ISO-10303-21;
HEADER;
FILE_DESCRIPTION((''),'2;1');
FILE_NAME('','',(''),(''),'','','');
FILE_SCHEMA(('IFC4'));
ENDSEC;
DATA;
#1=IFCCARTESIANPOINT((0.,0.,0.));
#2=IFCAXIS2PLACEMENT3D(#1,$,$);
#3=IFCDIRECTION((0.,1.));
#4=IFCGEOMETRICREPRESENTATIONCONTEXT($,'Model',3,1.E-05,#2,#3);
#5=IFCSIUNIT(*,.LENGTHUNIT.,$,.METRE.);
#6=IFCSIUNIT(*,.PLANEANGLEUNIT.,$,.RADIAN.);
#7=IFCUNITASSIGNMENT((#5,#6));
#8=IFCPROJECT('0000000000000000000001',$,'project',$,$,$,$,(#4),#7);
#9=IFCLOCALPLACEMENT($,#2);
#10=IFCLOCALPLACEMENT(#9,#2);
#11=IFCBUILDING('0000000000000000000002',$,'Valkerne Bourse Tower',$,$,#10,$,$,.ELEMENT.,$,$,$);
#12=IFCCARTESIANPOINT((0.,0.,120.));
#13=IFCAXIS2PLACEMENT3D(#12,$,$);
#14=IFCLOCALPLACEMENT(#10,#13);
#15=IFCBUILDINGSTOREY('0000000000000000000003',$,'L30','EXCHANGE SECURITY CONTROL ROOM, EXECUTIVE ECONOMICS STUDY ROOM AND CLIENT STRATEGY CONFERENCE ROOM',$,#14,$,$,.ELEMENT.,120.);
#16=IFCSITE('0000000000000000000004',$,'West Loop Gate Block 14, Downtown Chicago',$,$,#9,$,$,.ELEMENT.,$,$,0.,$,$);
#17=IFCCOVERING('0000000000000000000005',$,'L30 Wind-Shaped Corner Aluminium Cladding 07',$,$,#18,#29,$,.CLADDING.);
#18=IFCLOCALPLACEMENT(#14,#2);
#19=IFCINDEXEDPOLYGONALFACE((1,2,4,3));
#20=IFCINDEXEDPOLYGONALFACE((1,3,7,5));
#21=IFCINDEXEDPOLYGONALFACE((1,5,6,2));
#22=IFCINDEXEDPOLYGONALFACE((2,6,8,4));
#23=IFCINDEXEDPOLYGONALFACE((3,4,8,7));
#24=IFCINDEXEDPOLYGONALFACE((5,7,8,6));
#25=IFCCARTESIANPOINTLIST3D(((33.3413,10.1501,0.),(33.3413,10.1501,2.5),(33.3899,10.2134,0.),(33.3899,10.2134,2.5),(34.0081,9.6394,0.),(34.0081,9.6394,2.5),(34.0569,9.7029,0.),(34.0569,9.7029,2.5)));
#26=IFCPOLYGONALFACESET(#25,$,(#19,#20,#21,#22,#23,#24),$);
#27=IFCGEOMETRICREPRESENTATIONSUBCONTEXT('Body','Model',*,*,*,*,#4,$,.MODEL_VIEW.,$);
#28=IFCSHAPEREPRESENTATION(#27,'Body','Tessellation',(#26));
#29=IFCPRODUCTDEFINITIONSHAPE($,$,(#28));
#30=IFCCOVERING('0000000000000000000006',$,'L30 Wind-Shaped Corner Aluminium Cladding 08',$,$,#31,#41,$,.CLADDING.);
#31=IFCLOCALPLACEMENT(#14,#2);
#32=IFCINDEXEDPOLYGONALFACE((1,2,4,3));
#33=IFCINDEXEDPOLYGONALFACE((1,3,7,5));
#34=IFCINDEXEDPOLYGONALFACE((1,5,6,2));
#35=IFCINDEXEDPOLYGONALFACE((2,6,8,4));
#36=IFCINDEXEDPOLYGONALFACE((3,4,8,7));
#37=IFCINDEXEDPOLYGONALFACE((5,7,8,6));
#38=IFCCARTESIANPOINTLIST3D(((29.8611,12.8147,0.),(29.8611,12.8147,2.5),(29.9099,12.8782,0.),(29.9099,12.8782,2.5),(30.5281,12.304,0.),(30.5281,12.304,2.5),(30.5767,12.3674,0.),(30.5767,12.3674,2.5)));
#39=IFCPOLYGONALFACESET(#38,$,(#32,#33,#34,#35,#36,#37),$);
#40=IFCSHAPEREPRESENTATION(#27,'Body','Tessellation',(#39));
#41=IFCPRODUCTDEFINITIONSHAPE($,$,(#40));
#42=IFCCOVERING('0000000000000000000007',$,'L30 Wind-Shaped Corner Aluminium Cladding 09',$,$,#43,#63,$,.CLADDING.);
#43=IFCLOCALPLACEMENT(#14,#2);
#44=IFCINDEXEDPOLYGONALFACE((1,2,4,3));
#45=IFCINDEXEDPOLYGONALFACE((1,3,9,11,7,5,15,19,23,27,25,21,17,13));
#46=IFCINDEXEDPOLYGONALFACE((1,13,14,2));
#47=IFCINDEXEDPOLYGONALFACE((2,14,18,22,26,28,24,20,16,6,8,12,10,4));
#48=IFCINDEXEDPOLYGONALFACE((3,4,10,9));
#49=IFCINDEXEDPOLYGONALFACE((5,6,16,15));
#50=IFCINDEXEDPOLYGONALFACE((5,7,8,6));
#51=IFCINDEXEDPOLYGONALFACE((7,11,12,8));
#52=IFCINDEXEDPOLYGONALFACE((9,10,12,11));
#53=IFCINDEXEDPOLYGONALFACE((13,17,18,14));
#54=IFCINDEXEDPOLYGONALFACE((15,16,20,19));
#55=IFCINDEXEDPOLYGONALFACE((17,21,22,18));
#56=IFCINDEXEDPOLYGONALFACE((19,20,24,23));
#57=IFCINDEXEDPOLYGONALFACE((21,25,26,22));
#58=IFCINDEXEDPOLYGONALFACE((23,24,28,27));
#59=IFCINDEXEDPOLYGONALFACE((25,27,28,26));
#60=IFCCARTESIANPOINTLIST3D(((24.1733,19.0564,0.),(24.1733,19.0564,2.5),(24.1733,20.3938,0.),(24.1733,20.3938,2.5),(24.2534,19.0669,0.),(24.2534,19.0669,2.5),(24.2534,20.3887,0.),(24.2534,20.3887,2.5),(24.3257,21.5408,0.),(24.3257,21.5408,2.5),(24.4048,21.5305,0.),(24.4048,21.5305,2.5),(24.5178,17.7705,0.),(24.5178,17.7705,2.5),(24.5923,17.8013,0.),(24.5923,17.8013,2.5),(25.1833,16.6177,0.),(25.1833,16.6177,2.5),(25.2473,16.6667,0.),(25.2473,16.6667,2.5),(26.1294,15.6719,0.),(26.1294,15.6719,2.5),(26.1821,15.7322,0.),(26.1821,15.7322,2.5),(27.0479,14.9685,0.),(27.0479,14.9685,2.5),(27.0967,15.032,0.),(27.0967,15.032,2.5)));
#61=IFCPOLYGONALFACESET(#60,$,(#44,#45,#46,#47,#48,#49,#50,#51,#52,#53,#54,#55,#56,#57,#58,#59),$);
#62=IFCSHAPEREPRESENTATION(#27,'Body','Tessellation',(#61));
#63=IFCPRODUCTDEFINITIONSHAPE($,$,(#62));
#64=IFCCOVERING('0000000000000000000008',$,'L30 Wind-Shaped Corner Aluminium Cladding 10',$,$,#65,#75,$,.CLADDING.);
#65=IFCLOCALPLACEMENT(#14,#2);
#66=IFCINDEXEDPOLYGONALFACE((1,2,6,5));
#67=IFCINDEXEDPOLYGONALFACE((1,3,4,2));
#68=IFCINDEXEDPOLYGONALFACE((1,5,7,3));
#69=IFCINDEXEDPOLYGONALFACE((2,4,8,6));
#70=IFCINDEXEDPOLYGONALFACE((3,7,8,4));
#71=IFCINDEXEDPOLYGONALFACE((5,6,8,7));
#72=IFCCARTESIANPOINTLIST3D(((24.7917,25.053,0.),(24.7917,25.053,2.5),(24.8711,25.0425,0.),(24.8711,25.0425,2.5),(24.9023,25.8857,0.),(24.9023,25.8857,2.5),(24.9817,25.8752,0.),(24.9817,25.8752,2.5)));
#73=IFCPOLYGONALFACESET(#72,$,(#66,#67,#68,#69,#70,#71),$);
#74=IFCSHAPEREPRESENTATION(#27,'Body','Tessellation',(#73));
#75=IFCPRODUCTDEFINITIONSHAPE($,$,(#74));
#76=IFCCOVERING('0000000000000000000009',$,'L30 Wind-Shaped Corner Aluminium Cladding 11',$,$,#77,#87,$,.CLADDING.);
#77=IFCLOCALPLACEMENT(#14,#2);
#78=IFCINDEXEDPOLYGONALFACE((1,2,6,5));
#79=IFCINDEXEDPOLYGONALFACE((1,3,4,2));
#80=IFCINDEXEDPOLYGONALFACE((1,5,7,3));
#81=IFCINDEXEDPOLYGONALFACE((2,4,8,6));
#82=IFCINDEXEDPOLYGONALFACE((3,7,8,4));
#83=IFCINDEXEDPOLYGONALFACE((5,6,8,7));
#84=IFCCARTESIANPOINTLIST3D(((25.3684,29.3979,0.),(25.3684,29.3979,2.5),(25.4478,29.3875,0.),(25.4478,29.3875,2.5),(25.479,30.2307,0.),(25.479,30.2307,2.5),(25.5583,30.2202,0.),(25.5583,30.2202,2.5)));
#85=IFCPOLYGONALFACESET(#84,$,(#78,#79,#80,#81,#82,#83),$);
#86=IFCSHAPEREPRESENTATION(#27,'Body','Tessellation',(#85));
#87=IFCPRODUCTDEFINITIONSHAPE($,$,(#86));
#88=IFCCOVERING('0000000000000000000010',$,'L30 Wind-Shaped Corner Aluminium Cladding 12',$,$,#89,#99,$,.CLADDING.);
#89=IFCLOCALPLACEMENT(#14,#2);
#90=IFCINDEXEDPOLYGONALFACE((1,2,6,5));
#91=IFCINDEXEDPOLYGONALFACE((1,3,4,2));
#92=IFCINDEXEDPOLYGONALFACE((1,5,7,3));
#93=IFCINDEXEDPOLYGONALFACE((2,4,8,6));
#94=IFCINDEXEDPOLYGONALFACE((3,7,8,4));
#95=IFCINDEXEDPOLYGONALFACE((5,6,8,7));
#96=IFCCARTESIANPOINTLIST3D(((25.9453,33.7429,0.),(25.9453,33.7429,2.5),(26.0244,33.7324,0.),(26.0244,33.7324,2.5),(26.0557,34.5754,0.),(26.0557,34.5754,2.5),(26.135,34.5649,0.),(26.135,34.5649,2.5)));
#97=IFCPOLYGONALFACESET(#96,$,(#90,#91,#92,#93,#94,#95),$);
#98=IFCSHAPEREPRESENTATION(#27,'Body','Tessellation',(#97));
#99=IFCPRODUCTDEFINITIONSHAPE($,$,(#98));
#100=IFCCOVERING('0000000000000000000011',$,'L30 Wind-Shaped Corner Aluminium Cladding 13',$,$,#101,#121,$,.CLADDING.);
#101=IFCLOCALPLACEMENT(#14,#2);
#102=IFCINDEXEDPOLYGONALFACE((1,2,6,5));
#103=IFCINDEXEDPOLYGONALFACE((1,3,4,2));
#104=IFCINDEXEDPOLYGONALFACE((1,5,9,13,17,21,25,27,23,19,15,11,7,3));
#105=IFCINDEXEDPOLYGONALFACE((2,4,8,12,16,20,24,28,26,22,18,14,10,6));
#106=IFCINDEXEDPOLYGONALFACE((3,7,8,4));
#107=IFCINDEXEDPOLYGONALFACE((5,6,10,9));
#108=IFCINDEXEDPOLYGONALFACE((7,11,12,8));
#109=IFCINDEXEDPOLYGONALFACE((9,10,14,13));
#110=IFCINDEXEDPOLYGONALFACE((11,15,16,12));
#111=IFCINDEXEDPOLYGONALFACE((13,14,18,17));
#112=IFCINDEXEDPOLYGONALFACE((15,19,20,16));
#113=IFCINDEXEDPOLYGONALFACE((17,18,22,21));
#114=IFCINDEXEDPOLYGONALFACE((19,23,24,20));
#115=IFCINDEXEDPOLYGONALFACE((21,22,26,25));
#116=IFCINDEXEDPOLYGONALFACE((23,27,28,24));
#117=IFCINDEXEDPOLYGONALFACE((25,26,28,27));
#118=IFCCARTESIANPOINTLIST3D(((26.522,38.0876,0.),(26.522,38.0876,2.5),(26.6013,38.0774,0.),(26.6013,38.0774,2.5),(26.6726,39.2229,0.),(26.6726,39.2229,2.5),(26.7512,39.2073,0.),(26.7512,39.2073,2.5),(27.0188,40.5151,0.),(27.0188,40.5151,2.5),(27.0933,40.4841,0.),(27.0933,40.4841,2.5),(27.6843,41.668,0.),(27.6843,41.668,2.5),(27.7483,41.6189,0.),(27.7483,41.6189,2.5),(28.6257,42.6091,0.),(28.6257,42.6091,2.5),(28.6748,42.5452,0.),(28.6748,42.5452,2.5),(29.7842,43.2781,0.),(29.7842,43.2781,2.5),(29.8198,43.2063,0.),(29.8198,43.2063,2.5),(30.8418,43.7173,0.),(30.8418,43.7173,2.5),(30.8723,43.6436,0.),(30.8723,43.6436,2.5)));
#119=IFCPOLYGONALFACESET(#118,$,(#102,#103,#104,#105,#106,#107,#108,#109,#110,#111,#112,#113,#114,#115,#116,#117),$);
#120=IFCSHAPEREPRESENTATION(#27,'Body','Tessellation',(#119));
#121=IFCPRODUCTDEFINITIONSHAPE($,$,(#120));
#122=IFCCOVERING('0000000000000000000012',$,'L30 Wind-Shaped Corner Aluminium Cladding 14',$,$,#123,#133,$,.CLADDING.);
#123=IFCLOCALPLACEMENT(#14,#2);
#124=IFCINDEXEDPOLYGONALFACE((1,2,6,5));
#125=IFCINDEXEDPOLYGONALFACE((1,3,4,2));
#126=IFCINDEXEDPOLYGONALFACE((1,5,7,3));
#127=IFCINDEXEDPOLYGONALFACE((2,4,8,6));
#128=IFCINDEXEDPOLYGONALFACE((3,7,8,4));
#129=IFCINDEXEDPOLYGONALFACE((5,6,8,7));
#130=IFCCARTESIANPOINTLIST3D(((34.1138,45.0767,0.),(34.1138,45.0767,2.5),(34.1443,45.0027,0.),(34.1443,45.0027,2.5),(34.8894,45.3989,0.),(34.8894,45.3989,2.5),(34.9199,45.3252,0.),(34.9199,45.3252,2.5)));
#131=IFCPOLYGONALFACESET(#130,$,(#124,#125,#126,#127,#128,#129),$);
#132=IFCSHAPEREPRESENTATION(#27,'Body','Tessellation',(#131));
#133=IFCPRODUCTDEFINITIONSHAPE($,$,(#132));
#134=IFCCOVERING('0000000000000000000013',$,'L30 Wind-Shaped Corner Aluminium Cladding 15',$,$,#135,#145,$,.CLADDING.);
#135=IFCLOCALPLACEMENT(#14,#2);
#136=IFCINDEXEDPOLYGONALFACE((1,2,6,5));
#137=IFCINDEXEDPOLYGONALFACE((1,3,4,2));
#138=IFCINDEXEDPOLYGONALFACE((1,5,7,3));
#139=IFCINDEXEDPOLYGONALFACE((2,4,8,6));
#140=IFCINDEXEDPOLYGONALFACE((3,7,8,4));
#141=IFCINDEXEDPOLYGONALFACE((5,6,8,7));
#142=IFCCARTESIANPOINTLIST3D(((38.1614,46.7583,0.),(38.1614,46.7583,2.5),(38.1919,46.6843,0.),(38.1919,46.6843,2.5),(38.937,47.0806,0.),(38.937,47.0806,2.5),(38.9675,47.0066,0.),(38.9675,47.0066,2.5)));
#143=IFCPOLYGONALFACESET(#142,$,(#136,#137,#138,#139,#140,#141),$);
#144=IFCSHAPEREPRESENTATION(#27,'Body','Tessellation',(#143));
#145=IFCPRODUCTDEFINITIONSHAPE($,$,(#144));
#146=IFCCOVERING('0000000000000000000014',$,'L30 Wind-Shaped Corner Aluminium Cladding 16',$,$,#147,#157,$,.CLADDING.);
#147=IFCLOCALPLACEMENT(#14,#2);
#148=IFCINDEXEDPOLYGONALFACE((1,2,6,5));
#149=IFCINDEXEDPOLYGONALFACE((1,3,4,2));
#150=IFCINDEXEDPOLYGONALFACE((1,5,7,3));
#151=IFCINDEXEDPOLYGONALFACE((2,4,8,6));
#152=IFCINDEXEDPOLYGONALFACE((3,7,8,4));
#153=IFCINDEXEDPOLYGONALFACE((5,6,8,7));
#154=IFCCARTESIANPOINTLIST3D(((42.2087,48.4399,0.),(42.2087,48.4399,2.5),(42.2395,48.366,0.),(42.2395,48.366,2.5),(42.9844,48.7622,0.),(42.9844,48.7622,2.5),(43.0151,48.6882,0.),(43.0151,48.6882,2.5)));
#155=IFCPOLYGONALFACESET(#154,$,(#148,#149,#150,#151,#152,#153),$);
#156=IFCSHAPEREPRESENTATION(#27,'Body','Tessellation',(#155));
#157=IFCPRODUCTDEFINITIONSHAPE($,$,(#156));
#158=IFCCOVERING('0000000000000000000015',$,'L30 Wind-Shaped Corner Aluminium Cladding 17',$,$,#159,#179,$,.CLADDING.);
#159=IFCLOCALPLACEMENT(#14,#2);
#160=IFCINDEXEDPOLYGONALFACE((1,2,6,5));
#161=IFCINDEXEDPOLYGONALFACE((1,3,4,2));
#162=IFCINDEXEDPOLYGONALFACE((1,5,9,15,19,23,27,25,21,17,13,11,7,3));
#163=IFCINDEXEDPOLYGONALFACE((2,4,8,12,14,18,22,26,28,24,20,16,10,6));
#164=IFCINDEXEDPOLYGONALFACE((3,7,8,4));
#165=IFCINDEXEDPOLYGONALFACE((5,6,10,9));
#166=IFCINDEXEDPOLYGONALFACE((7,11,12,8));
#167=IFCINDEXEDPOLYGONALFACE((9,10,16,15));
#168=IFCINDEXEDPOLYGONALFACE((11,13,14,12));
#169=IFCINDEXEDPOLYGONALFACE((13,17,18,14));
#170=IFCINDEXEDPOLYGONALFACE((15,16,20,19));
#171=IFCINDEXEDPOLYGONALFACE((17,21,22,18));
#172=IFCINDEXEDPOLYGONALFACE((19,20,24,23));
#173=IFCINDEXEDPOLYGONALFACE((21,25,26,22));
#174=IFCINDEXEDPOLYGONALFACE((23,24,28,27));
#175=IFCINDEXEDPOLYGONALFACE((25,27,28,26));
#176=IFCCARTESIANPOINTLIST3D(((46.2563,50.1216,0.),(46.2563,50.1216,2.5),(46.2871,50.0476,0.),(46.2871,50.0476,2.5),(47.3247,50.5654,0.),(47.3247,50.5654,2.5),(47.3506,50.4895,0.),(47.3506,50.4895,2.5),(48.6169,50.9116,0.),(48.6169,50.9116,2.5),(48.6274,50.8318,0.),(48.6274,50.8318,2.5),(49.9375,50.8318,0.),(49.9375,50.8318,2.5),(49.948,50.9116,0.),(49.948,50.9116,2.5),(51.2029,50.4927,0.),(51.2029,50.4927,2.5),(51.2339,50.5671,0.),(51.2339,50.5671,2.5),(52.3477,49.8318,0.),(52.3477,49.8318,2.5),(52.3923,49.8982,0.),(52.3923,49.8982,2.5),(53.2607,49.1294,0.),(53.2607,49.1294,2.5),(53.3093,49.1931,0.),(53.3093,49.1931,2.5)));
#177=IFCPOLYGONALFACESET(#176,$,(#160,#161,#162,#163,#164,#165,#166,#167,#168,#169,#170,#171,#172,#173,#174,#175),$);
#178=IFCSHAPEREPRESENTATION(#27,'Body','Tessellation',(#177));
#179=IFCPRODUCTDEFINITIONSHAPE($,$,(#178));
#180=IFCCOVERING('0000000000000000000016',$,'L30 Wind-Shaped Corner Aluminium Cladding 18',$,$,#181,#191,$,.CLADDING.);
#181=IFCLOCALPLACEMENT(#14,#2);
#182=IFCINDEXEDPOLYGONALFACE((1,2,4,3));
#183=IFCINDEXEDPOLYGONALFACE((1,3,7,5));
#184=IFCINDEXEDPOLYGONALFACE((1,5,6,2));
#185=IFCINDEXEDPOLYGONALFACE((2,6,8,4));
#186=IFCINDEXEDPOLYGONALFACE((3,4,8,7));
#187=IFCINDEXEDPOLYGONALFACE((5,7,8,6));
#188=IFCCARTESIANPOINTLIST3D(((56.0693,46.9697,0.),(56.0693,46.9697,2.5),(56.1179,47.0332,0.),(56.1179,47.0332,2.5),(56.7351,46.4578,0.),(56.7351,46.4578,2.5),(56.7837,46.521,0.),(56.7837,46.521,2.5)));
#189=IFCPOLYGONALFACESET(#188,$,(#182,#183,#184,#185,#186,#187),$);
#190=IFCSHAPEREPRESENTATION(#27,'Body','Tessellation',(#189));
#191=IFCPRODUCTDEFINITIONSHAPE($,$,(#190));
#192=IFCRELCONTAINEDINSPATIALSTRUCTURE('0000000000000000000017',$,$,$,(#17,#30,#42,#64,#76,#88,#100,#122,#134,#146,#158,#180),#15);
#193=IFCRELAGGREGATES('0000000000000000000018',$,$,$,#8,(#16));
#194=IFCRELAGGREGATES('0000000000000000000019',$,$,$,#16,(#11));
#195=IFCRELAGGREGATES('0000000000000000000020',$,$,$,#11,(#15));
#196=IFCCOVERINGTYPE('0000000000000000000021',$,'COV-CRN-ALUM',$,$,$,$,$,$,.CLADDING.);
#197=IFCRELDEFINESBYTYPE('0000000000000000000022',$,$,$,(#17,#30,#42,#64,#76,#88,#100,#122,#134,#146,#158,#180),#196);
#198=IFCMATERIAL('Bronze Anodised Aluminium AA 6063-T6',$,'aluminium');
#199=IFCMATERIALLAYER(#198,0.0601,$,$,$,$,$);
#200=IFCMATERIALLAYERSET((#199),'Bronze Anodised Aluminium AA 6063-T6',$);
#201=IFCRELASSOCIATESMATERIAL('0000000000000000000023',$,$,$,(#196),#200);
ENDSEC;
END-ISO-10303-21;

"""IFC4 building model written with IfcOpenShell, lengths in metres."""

from ifc_helpers import new_model, si_unit, direction, frame, origin, place, context, subcontext, project, spatial, polyline, outline, extrude, material, layer, layer_set, type_object, element, save


model = new_model("IFC4")

# Units and contexts
model_context = context("Model", 3, precision=1e-05, world=origin(), true_north=direction((0.0, 1.0)))
body_context = subcontext(model_context, "Body", "Model", "MODEL_VIEW")
ifc_project = project(units=[si_unit("LENGTHUNIT", "METRE"), si_unit("PLANEANGLEUNIT", "RADIAN")], contexts=[model_context])

# Site, building, storey
site_placement = place(None, origin())
site = spatial("IfcSite", under=ifc_project, at=site_placement, Name="West Loop Gate Block 14, Downtown Chicago", CompositionType="ELEMENT", RefElevation=0.0)
building_placement = place(site_placement, origin())
building = spatial("IfcBuilding", under=site, at=building_placement, Name="Valkerne Bourse Tower", CompositionType="ELEMENT")
storey_placement = place(building_placement, frame((0.0, 0.0, 120.0)))
storey = spatial("IfcBuildingStorey", under=building, at=storey_placement, Name="L30", Description="EXCHANGE SECURITY CONTROL ROOM, EXECUTIVE ECONOMICS STUDY ROOM AND CLIENT STRATEGY CONFERENCE ROOM", CompositionType="ELEMENT", Elevation=120.0)

# Coverings
ifc_material_1 = material(Name="Bronze Anodised Aluminium AA 6063-T6", Category="aluminium")
ifc_layer_1 = layer(ifc_material_1, 0.0601)
ifc_layer_set_1 = layer_set([ifc_layer_1], Name="Bronze Anodised Aluminium AA 6063-T6")
covering_type = type_object("IfcCoveringType", Name="COV-CRN-ALUM", PredefinedType="CLADDING", material=ifc_layer_set_1)
covering_1_placement = place(storey_placement, origin())
element("IfcCovering", 1, at=covering_1_placement, inside=storey, type_object=covering_type, Name="L30 Wind-Shaped Corner Aluminium Cladding 07", PredefinedType="CLADDING", context=body_context, shape_type="SweptSolid", body=[
    extrude(outline(polyline([(33.3413, 10.1501), (33.3899, 10.2134), (34.0569, 9.7029), (34.0081, 9.6394), (33.3413, 10.1501)])), origin(), (0.0, 0.0, 1.0), 2.5),
])
covering_2_placement = place(storey_placement, origin())
element("IfcCovering", 2, at=covering_2_placement, inside=storey, type_object=covering_type, Name="L30 Wind-Shaped Corner Aluminium Cladding 08", PredefinedType="CLADDING", context=body_context, shape_type="SweptSolid", body=[
    extrude(outline(polyline([(29.8611, 12.8147), (29.9099, 12.8782), (30.5767, 12.3674), (30.5281, 12.304), (29.8611, 12.8147)])), origin(), (0.0, 0.0, 1.0), 2.5),
])
covering_3_placement = place(storey_placement, origin())
element("IfcCovering", 3, at=covering_3_placement, inside=storey, type_object=covering_type, Name="L30 Wind-Shaped Corner Aluminium Cladding 09", PredefinedType="CLADDING", context=body_context, shape_type="SweptSolid", body=[
    extrude(outline(polyline([(26.1294, 15.6719), (25.1833, 16.6177), (24.5178, 17.7705), (24.1733, 19.0564), (24.1733, 20.3938), (24.3257, 21.5408), (24.4048, 21.5305), (24.2534, 20.3887), (24.2534, 19.0669), (24.5923, 17.8013), (25.2473, 16.6667), (26.1821, 15.7322), (27.0967, 15.032), (27.0479, 14.9685), (26.1294, 15.6719)])), origin(), (0.0, 0.0, 1.0), 2.5),
])
covering_4_placement = place(storey_placement, origin())
element("IfcCovering", 4, at=covering_4_placement, inside=storey, type_object=covering_type, Name="L30 Wind-Shaped Corner Aluminium Cladding 10", PredefinedType="CLADDING", context=body_context, shape_type="SweptSolid", body=[
    extrude(outline(polyline([(24.9023, 25.8857), (24.9817, 25.8752), (24.8711, 25.0425), (24.7917, 25.053), (24.9023, 25.8857)])), origin(), (0.0, 0.0, 1.0), 2.5),
])
covering_5_placement = place(storey_placement, origin())
element("IfcCovering", 5, at=covering_5_placement, inside=storey, type_object=covering_type, Name="L30 Wind-Shaped Corner Aluminium Cladding 11", PredefinedType="CLADDING", context=body_context, shape_type="SweptSolid", body=[
    extrude(outline(polyline([(25.479, 30.2307), (25.5583, 30.2202), (25.4478, 29.3875), (25.3684, 29.3979), (25.479, 30.2307)])), origin(), (0.0, 0.0, 1.0), 2.5),
])
covering_6_placement = place(storey_placement, origin())
element("IfcCovering", 6, at=covering_6_placement, inside=storey, type_object=covering_type, Name="L30 Wind-Shaped Corner Aluminium Cladding 12", PredefinedType="CLADDING", context=body_context, shape_type="SweptSolid", body=[
    extrude(outline(polyline([(26.0557, 34.5754), (26.135, 34.5649), (26.0244, 33.7324), (25.9453, 33.7429), (26.0557, 34.5754)])), origin(), (0.0, 0.0, 1.0), 2.5),
])
covering_7_placement = place(storey_placement, origin())
element("IfcCovering", 7, at=covering_7_placement, inside=storey, type_object=covering_type, Name="L30 Wind-Shaped Corner Aluminium Cladding 13", PredefinedType="CLADDING", context=body_context, shape_type="SweptSolid", body=[
    extrude(outline(polyline([(26.6726, 39.2229), (27.0188, 40.5151), (27.6843, 41.668), (28.6257, 42.6091), (29.7842, 43.2781), (30.8418, 43.7173), (30.8723, 43.6436), (29.8198, 43.2063), (28.6748, 42.5452), (27.7483, 41.6189), (27.0933, 40.4841), (26.7512, 39.2073), (26.6013, 38.0774), (26.522, 38.0876), (26.6726, 39.2229)])), origin(), (0.0, 0.0, 1.0), 2.5),
])
covering_8_placement = place(storey_placement, origin())
element("IfcCovering", 8, at=covering_8_placement, inside=storey, type_object=covering_type, Name="L30 Wind-Shaped Corner Aluminium Cladding 14", PredefinedType="CLADDING", context=body_context, shape_type="SweptSolid", body=[
    extrude(outline(polyline([(34.8894, 45.3989), (34.9199, 45.3252), (34.1443, 45.0027), (34.1138, 45.0767), (34.8894, 45.3989)])), origin(), (0.0, 0.0, 1.0), 2.5),
])
covering_9_placement = place(storey_placement, origin())
element("IfcCovering", 9, at=covering_9_placement, inside=storey, type_object=covering_type, Name="L30 Wind-Shaped Corner Aluminium Cladding 15", PredefinedType="CLADDING", context=body_context, shape_type="SweptSolid", body=[
    extrude(outline(polyline([(38.937, 47.0806), (38.9675, 47.0066), (38.1919, 46.6843), (38.1614, 46.7583), (38.937, 47.0806)])), origin(), (0.0, 0.0, 1.0), 2.5),
])
covering_10_placement = place(storey_placement, origin())
element("IfcCovering", 10, at=covering_10_placement, inside=storey, type_object=covering_type, Name="L30 Wind-Shaped Corner Aluminium Cladding 16", PredefinedType="CLADDING", context=body_context, shape_type="SweptSolid", body=[
    extrude(outline(polyline([(42.9844, 48.7622), (43.0151, 48.6882), (42.2395, 48.366), (42.2087, 48.4399), (42.9844, 48.7622)])), origin(), (0.0, 0.0, 1.0), 2.5),
])
covering_11_placement = place(storey_placement, origin())
element("IfcCovering", 11, at=covering_11_placement, inside=storey, type_object=covering_type, Name="L30 Wind-Shaped Corner Aluminium Cladding 17", PredefinedType="CLADDING", context=body_context, shape_type="SweptSolid", body=[
    extrude(outline(polyline([(47.3247, 50.5654), (48.6169, 50.9116), (49.948, 50.9116), (51.2339, 50.5671), (52.3923, 49.8982), (53.3093, 49.1931), (53.2607, 49.1294), (52.3477, 49.8318), (51.2029, 50.4927), (49.9375, 50.8318), (48.6274, 50.8318), (47.3506, 50.4895), (46.2871, 50.0476), (46.2563, 50.1216), (47.3247, 50.5654)])), origin(), (0.0, 0.0, 1.0), 2.5),
])
covering_12_placement = place(storey_placement, origin())
element("IfcCovering", 12, at=covering_12_placement, inside=storey, type_object=covering_type, Name="L30 Wind-Shaped Corner Aluminium Cladding 18", PredefinedType="CLADDING", context=body_context, shape_type="SweptSolid", body=[
    extrude(outline(polyline([(56.7837, 46.521), (56.7351, 46.4578), (56.0693, 46.9697), (56.1179, 47.0332), (56.7837, 46.521)])), origin(), (0.0, 0.0, 1.0), 2.5),
])

save(model, "model.ifc")
